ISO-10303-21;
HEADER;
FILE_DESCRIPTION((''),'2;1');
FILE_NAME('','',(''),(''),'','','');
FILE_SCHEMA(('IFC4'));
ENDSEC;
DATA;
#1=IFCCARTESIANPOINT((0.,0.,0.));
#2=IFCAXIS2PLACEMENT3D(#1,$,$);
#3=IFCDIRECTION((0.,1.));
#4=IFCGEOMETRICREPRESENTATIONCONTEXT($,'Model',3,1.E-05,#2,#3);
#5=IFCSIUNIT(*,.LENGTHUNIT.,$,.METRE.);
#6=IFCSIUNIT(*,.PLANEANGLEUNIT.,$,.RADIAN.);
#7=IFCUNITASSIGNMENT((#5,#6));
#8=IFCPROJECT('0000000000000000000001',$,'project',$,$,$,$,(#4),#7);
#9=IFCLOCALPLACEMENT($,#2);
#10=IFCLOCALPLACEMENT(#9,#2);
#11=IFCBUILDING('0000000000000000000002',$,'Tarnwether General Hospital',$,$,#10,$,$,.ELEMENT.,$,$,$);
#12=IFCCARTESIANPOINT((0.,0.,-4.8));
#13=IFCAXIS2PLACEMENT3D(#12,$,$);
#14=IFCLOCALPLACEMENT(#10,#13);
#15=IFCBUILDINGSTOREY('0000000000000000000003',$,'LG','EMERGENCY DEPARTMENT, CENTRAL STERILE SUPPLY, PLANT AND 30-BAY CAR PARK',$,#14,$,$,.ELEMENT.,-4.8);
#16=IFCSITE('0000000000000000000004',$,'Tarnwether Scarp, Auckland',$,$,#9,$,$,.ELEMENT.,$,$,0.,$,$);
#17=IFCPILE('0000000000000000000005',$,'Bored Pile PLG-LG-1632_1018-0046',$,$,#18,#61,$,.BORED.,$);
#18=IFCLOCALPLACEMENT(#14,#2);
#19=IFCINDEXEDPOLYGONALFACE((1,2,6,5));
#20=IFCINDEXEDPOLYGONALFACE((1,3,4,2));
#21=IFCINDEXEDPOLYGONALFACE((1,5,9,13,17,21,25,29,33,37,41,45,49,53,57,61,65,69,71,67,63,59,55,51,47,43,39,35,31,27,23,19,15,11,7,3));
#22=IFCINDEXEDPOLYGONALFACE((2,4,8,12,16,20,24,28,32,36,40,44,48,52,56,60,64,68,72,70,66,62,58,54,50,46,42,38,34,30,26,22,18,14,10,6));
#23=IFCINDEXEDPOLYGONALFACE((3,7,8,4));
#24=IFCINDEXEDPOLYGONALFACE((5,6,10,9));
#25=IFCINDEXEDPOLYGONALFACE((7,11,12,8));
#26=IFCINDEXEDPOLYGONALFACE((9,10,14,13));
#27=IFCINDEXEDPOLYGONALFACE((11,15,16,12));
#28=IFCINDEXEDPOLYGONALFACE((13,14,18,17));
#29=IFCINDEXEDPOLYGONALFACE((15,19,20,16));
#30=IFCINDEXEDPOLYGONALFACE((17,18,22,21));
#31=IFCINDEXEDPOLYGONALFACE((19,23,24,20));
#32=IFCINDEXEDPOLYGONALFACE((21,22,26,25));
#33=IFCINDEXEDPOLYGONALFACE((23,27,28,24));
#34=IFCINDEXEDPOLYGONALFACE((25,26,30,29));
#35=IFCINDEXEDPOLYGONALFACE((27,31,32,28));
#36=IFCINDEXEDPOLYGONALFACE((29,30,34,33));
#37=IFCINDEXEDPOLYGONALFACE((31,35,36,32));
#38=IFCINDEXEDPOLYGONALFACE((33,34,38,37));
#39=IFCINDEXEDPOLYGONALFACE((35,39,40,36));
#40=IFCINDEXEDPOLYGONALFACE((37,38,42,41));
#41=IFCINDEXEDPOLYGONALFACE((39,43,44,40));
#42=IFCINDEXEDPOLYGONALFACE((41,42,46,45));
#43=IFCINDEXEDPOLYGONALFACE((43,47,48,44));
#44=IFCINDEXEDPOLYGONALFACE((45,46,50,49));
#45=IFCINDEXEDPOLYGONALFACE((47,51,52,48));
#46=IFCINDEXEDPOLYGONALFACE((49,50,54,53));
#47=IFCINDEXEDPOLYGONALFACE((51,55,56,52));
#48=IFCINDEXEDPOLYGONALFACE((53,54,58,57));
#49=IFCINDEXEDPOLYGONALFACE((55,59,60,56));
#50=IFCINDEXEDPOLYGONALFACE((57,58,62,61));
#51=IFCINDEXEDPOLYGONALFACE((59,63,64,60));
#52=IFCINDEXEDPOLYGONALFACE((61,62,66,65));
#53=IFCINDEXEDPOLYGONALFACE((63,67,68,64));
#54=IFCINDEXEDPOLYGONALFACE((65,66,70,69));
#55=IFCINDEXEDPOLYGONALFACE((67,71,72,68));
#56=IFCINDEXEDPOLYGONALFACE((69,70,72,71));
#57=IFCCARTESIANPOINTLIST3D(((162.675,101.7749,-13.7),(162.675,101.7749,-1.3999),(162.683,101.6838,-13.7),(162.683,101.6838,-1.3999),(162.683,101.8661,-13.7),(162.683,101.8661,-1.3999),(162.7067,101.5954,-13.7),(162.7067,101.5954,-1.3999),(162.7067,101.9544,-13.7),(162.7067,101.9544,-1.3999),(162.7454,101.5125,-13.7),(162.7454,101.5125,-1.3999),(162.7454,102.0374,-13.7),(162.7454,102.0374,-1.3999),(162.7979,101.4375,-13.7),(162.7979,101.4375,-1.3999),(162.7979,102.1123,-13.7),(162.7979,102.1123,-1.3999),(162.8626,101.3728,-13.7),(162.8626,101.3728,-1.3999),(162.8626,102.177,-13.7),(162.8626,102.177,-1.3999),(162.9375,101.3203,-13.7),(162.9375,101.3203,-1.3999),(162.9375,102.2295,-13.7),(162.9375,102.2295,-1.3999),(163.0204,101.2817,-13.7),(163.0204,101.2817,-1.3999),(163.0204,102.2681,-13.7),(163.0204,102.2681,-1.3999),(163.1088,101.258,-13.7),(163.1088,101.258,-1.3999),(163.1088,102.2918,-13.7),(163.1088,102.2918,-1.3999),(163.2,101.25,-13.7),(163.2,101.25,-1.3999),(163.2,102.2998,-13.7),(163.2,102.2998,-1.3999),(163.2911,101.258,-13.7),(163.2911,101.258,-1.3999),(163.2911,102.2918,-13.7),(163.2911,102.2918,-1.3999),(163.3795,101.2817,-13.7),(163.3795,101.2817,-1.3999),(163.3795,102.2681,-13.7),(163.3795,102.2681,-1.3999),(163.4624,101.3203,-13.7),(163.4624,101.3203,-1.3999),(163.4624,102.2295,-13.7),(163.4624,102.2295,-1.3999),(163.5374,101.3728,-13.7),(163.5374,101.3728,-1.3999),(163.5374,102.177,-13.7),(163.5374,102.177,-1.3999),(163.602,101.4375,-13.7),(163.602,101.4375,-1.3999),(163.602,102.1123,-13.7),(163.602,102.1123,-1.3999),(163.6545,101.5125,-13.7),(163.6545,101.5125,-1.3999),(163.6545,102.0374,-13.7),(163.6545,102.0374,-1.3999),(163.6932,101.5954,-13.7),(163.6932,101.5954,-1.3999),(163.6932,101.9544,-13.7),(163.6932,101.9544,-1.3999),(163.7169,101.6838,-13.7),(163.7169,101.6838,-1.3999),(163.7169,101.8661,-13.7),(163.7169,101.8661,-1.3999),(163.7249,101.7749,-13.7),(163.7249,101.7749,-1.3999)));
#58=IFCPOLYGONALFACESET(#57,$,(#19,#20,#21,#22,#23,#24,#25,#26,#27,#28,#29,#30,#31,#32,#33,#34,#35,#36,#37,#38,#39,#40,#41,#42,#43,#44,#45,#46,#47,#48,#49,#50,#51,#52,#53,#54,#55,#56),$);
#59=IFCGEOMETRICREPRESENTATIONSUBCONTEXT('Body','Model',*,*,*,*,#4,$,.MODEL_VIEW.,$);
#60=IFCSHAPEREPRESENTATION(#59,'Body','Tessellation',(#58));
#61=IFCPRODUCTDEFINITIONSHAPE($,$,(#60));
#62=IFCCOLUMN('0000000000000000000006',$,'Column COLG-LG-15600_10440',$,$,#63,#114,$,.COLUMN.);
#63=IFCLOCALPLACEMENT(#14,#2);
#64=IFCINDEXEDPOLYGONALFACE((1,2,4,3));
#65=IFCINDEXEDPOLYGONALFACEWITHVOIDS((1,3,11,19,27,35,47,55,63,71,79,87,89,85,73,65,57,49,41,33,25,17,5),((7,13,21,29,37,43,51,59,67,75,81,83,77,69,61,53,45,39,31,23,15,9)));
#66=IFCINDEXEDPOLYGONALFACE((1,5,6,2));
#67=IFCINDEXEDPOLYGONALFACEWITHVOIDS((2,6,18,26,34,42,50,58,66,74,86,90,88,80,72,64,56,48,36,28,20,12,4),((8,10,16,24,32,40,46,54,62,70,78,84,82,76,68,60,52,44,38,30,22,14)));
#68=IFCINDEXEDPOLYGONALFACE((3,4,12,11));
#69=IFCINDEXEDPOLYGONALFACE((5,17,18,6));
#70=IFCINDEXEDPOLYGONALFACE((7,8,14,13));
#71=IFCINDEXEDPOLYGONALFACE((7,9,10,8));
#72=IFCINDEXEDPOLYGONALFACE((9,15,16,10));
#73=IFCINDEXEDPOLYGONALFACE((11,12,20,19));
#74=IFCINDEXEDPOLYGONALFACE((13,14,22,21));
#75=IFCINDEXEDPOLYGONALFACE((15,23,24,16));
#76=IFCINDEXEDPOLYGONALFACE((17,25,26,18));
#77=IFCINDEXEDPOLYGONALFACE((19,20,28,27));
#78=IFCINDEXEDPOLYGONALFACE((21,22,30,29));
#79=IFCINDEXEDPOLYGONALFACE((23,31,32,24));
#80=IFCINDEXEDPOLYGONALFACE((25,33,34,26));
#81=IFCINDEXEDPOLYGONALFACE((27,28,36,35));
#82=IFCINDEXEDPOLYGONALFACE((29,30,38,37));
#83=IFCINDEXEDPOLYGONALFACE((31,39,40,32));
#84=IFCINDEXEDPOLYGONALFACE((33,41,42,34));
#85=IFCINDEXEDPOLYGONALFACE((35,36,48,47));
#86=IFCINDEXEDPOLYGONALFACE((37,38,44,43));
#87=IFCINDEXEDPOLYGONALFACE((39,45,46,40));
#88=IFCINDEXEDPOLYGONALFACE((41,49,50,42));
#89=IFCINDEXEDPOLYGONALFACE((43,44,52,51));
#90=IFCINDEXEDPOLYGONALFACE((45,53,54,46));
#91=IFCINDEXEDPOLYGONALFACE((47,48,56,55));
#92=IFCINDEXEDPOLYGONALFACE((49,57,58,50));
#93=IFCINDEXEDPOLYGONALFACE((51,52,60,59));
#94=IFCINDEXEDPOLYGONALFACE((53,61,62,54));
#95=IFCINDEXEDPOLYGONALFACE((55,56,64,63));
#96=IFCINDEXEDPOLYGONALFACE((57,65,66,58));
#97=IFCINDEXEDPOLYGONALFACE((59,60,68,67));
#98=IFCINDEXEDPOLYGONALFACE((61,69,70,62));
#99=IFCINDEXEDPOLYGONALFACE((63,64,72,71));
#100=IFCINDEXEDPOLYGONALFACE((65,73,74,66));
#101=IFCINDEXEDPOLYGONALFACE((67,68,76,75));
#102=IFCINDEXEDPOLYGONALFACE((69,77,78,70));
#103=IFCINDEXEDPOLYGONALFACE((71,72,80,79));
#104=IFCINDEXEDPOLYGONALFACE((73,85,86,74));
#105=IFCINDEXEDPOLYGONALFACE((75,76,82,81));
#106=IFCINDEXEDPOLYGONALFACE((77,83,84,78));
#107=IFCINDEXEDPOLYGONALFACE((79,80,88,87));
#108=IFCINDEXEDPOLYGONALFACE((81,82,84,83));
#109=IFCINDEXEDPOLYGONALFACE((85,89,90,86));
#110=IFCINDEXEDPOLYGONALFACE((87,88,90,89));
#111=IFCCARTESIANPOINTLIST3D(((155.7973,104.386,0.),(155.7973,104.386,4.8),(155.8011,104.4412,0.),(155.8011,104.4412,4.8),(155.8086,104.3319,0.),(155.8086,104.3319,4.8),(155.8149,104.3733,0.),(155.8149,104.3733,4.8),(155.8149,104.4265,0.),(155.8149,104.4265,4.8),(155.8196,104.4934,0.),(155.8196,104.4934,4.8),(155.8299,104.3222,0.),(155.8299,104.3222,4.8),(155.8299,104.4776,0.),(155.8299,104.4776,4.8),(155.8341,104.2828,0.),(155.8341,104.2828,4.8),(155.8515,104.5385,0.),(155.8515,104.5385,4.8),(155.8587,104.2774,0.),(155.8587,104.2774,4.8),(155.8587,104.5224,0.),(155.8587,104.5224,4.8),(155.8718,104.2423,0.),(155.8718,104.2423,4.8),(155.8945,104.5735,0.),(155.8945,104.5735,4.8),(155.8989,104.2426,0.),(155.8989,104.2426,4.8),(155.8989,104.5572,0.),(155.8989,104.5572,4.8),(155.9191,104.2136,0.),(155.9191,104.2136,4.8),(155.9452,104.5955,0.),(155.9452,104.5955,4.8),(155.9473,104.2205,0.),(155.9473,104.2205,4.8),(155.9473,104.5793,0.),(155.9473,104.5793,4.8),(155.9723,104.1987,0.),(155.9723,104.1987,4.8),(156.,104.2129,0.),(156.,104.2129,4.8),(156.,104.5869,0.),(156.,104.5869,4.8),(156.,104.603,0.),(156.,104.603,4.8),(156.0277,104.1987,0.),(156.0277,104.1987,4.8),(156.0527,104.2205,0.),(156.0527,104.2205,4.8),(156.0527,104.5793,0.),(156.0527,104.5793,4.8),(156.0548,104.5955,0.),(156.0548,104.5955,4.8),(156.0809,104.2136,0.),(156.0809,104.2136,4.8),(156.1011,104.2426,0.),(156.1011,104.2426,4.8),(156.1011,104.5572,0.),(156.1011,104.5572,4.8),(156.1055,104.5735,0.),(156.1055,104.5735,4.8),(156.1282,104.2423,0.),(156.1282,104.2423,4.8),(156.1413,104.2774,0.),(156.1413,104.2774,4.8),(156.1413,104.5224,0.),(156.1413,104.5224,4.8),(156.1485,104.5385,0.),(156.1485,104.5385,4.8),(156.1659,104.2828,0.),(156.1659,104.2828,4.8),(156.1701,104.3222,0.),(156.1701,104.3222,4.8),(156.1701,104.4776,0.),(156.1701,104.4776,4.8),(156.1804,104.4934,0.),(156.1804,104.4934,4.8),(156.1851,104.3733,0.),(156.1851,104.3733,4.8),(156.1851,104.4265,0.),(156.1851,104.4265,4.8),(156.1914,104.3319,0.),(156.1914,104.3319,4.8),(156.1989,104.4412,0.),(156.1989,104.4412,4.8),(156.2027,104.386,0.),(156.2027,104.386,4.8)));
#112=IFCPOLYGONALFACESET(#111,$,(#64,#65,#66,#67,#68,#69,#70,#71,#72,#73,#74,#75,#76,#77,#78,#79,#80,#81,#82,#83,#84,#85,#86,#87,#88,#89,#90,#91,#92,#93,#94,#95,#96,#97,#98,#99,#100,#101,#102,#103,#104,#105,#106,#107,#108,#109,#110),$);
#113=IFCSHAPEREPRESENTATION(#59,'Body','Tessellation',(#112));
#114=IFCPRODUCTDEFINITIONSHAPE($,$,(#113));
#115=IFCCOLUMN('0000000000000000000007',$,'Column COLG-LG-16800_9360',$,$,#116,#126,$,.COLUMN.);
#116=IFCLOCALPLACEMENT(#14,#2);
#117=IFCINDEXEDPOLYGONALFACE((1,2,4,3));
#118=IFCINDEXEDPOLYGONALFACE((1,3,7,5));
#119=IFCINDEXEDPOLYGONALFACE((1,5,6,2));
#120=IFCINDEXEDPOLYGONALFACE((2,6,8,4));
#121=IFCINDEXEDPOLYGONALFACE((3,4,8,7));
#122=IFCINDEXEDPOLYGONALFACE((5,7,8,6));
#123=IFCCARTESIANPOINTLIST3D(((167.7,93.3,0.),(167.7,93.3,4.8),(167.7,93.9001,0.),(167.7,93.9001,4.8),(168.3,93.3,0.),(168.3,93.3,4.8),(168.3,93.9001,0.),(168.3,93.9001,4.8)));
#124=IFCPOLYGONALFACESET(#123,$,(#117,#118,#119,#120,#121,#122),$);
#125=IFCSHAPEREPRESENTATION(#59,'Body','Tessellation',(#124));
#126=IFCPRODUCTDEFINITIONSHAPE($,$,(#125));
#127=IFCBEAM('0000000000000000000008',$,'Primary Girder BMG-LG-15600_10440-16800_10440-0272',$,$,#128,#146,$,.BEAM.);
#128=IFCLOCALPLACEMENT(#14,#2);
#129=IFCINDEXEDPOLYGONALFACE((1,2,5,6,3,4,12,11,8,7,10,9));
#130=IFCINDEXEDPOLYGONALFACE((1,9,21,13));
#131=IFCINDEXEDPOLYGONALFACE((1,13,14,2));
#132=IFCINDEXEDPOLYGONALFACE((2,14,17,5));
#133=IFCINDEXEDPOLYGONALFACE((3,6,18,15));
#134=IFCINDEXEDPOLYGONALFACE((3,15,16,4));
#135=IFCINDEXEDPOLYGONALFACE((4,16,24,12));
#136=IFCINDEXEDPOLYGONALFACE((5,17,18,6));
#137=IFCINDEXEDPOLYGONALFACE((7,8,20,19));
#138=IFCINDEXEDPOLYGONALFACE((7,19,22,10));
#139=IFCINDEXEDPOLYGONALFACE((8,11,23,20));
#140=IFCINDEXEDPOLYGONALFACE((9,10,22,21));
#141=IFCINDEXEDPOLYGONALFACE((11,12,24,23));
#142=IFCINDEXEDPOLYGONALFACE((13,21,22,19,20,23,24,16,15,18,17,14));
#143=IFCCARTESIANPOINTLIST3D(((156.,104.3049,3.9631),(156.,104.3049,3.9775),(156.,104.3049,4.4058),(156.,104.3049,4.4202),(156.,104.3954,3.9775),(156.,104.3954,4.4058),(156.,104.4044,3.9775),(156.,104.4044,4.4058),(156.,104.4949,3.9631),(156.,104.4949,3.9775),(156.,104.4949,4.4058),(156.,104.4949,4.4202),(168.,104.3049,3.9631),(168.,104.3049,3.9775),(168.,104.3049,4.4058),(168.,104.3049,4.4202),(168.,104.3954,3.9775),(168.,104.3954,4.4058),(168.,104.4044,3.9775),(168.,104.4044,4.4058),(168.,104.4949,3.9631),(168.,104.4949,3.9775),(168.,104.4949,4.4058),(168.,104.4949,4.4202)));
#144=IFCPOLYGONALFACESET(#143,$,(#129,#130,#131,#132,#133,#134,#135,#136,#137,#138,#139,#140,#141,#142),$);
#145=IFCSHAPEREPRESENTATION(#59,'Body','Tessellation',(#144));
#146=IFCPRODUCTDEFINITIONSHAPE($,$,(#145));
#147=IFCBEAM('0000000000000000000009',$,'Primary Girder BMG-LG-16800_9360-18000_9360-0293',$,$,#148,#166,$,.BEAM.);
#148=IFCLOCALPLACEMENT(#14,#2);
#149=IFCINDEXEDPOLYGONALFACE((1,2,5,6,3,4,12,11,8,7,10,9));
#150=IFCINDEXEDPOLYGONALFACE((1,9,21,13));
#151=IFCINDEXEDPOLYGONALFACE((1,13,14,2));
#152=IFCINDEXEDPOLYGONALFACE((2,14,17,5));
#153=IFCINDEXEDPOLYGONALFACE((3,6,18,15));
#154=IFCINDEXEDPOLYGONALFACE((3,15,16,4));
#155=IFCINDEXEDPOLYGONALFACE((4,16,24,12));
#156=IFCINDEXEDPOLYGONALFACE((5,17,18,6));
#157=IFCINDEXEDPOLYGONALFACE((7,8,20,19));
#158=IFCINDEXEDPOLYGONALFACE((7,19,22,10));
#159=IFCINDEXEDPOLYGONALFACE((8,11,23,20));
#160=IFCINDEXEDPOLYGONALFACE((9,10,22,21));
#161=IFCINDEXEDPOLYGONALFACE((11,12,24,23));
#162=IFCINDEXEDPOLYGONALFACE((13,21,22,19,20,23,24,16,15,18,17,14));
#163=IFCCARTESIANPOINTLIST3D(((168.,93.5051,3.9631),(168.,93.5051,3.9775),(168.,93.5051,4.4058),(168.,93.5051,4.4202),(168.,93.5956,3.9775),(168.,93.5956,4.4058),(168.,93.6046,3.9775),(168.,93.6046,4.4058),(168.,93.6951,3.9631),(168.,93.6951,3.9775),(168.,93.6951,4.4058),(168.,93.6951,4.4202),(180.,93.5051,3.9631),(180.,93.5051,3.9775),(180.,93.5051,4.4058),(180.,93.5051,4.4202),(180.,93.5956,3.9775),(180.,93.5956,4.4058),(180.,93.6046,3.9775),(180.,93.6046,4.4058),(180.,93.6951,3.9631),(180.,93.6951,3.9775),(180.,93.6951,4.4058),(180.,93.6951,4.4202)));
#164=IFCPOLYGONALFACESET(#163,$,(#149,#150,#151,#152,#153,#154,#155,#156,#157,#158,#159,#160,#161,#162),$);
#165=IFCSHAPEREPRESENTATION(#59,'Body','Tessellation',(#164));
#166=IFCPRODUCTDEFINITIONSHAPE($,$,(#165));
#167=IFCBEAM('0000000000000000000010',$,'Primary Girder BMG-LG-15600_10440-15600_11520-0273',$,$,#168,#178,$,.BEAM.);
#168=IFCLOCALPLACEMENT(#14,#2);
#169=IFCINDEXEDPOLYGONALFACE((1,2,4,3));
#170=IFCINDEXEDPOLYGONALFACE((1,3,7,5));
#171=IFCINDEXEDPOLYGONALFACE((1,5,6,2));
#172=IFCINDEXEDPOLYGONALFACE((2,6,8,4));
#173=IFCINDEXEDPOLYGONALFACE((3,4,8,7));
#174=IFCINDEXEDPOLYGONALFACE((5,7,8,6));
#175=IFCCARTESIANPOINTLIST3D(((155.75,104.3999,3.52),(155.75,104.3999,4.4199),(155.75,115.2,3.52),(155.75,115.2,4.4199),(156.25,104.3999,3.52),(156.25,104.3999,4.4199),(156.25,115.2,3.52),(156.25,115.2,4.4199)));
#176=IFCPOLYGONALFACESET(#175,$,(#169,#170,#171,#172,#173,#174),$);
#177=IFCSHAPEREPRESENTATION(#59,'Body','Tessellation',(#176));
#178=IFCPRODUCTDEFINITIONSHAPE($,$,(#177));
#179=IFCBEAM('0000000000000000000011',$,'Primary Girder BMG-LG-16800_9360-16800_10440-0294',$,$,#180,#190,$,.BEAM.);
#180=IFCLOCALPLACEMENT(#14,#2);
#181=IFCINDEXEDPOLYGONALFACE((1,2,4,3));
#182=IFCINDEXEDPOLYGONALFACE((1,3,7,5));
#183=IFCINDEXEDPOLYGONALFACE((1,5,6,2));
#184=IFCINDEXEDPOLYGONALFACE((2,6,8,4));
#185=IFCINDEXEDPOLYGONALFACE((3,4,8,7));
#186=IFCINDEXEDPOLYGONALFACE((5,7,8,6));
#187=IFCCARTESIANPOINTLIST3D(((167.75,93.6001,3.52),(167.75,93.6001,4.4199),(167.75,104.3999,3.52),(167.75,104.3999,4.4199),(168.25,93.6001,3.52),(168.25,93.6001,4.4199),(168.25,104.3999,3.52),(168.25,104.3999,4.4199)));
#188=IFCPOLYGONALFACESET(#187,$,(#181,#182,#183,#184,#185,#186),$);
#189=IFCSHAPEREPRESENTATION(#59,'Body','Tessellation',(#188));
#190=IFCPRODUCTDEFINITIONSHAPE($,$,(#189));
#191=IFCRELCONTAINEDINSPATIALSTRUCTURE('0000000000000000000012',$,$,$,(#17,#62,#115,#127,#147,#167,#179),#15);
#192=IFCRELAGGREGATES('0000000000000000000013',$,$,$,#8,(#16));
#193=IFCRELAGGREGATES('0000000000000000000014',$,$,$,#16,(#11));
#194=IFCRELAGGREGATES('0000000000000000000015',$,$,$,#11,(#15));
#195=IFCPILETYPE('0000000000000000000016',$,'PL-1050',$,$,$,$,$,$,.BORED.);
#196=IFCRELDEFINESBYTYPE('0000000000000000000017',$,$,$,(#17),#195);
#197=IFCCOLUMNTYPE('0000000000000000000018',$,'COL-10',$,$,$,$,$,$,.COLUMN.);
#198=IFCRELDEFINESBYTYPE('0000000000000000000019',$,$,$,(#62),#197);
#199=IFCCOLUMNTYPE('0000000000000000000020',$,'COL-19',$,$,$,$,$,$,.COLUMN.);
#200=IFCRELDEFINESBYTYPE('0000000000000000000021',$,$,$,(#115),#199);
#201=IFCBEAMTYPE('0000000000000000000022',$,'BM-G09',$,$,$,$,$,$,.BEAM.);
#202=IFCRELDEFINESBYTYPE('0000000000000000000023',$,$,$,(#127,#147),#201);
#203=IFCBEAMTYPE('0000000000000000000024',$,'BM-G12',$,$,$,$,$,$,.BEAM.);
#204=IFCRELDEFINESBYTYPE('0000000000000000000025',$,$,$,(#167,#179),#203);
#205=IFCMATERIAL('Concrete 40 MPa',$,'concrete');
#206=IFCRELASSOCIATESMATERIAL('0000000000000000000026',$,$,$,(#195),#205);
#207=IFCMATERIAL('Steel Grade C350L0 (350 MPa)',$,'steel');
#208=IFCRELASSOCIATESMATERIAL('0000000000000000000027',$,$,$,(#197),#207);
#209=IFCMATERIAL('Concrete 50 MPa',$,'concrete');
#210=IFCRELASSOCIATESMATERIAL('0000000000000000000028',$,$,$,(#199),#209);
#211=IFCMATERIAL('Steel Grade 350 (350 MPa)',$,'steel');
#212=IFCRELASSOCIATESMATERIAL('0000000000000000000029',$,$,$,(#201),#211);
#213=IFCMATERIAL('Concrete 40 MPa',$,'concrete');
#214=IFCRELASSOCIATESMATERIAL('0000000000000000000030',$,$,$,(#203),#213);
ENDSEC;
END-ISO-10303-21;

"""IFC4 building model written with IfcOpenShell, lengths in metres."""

from ifc_helpers import new_model, si_unit, direction, frame, origin, origin_2d, place, context, subcontext, project, spatial, rectangle, circle, hollow_circle, i_section, extrude, material, material_profile, profile_set, type_object, element, save


model = new_model("IFC4")

# Units and contexts
model_context = context("Model", 3, precision=1e-05, world=origin(), true_north=direction((0.0, 1.0)))
body_context = subcontext(model_context, "Body", "Model", "MODEL_VIEW")
ifc_project = project(units=[si_unit("LENGTHUNIT", "METRE"), si_unit("PLANEANGLEUNIT", "RADIAN")], contexts=[model_context])

# Site, building, storey
site_placement = place(None, origin())
site = spatial("IfcSite", under=ifc_project, at=site_placement, Name="Tarnwether Scarp, Auckland", CompositionType="ELEMENT", RefElevation=0.0)
building_placement = place(site_placement, origin())
building = spatial("IfcBuilding", under=site, at=building_placement, Name="Tarnwether General Hospital", CompositionType="ELEMENT")
storey_placement = place(building_placement, frame((0.0, 0.0, -4.8)))
storey = spatial("IfcBuildingStorey", under=building, at=storey_placement, Name="LG", Description="EMERGENCY DEPARTMENT, CENTRAL STERILE SUPPLY, PLANT AND 30-BAY CAR PARK", CompositionType="ELEMENT", Elevation=-4.8)

# Pile
ifc_material_1 = material(Name="Concrete 40 MPa", Category="concrete")
ifc_material_profile_1 = material_profile(ifc_material_1, circle(Radius=0.5249, at=origin_2d()), Name="PILE-D1050")
ifc_profile_set_1 = profile_set([ifc_material_profile_1], Name="Concrete 40 MPa")
pile_type = type_object("IfcPileType", Name="PL-1050", PredefinedType="BORED", material=ifc_profile_set_1)
for number, where, z_axis, x_axis, name in (
    (1, (163.2, 101.7749, -1.3999), (0.0, 0.0, -1.0), (1.0, 0.0, 0.0), "Bored Pile PLG-LG-1632_1018-0046"),
):
    element("IfcPile", number, at=place(storey_placement, frame(where, z_axis=z_axis, x_axis=x_axis)), inside=storey, type_object=pile_type, Name=name, PredefinedType="BORED", context=body_context, shape_type="SweptSolid", body=[
        extrude(circle(Radius=0.5249, at=origin_2d()), origin(), (0.0, 0.0, 1.0), 12.3),
    ])

# Columns
ifc_material_2 = material(Name="Steel Grade C350L0 (350 MPa)", Category="steel")
ifc_material_profile_2 = material_profile(ifc_material_2, hollow_circle(Radius=0.2031, WallThickness=0.0161, at=origin_2d()), Name="CHS406.4x16.0")
ifc_profile_set_2 = profile_set([ifc_material_profile_2], Name="Steel Grade C350L0 (350 MPa)")
column_type_1 = type_object("IfcColumnType", Name="COL-10", PredefinedType="COLUMN", material=ifc_profile_set_2)
column_1_placement = place(storey_placement, frame((156.0, 104.3999, 0.0), z_axis=(0.0, 0.0, 1.0), x_axis=(0.0, 1.0, 0.0)))
element("IfcColumn", 2, at=column_1_placement, inside=storey, type_object=column_type_1, Name="Column COLG-LG-15600_10440", PredefinedType="COLUMN", context=body_context, shape_type="SweptSolid", body=[
    extrude(hollow_circle(Radius=0.2031, WallThickness=0.0161, at=origin_2d()), origin(), (0.0, 0.0, 1.0), 4.8),
])
ifc_material_3 = material(Name="Concrete 50 MPa", Category="concrete")
ifc_material_profile_3 = material_profile(ifc_material_3, rectangle(XDim=0.6001, YDim=0.6001, at=origin_2d()), Name="RC-COL-600x600")
ifc_profile_set_3 = profile_set([ifc_material_profile_3], Name="Concrete 50 MPa")
column_type_2 = type_object("IfcColumnType", Name="COL-19", PredefinedType="COLUMN", material=ifc_profile_set_3)
column_2_placement = place(storey_placement, frame((168.0, 93.6001, 0.0), z_axis=(0.0, 0.0, 1.0), x_axis=(1.0, 0.0, 0.0)))
element("IfcColumn", 3, at=column_2_placement, inside=storey, type_object=column_type_2, Name="Column COLG-LG-16800_9360", PredefinedType="COLUMN", context=body_context, shape_type="SweptSolid", body=[
    extrude(rectangle(XDim=0.6001, YDim=0.6001, at=origin_2d()), origin(), (0.0, 0.0, 1.0), 4.8),
])

# Beams
ifc_material_4 = material(Name="Steel Grade 350 (350 MPa)", Category="steel")
ifc_material_profile_4 = material_profile(ifc_material_4, i_section(OverallWidth=0.1899, OverallDepth=0.457, WebThickness=0.009, FlangeThickness=0.0144, at=origin_2d()), Name="460UB74.6")
ifc_profile_set_4 = profile_set([ifc_material_profile_4], Name="Steel Grade 350 (350 MPa)")
beam_type_1 = type_object("IfcBeamType", Name="BM-G09", PredefinedType="BEAM", material=ifc_profile_set_4)
for number, where, z_axis, x_axis, name in (
    (4, (156.0, 104.3999, 4.1917), (1.0, 0.0, 0.0), (0.0, 1.0, 0.0), "Primary Girder BMG-LG-15600_10440-16800_10440-0272"),
    (5, (168.0, 93.6001, 4.1917), (1.0, 0.0, 0.0), (0.0, 1.0, 0.0), "Primary Girder BMG-LG-16800_9360-18000_9360-0293"),
):
    element("IfcBeam", number, at=place(storey_placement, frame(where, z_axis=z_axis, x_axis=x_axis)), inside=storey, type_object=beam_type_1, Name=name, PredefinedType="BEAM", context=body_context, shape_type="SweptSolid", body=[
        extrude(i_section(OverallWidth=0.1899, OverallDepth=0.457, WebThickness=0.009, FlangeThickness=0.0144, at=origin_2d()), origin(), (0.0, 0.0, 1.0), 12.0),
    ])
ifc_material_5 = material(Name="Concrete 40 MPa", Category="concrete")
ifc_material_profile_5 = material_profile(ifc_material_5, rectangle(XDim=0.5, YDim=0.8999, at=origin_2d()), Name="RC-BM-500x900")
ifc_profile_set_5 = profile_set([ifc_material_profile_5], Name="Concrete 40 MPa")
beam_type_2 = type_object("IfcBeamType", Name="BM-G12", PredefinedType="BEAM", material=ifc_profile_set_5)
beam_1_placement = place(storey_placement, frame((156.0, 104.3999, 3.97), z_axis=(0.0, 1.0, 0.0), x_axis=(-1.0, 0.0, 0.0)))
element("IfcBeam", 6, at=beam_1_placement, inside=storey, type_object=beam_type_2, Name="Primary Girder BMG-LG-15600_10440-15600_11520-0273", PredefinedType="BEAM", context=body_context, shape_type="SweptSolid", body=[
    extrude(rectangle(XDim=0.5, YDim=0.8999, at=origin_2d()), origin(), (0.0, 0.0, 1.0), 10.8),
])
beam_2_placement = place(storey_placement, frame((168.0, 93.6001, 3.97), z_axis=(0.0, 1.0, 0.0), x_axis=(-1.0, 0.0, 0.0)))
element("IfcBeam", 7, at=beam_2_placement, inside=storey, type_object=beam_type_2, Name="Primary Girder BMG-LG-16800_9360-16800_10440-0294", PredefinedType="BEAM", context=body_context, shape_type="SweptSolid", body=[
    extrude(rectangle(XDim=0.5, YDim=0.8999, at=origin_2d()), origin(), (0.0, 0.0, 1.0), 10.7998),
])

save(model, "model.ifc")
